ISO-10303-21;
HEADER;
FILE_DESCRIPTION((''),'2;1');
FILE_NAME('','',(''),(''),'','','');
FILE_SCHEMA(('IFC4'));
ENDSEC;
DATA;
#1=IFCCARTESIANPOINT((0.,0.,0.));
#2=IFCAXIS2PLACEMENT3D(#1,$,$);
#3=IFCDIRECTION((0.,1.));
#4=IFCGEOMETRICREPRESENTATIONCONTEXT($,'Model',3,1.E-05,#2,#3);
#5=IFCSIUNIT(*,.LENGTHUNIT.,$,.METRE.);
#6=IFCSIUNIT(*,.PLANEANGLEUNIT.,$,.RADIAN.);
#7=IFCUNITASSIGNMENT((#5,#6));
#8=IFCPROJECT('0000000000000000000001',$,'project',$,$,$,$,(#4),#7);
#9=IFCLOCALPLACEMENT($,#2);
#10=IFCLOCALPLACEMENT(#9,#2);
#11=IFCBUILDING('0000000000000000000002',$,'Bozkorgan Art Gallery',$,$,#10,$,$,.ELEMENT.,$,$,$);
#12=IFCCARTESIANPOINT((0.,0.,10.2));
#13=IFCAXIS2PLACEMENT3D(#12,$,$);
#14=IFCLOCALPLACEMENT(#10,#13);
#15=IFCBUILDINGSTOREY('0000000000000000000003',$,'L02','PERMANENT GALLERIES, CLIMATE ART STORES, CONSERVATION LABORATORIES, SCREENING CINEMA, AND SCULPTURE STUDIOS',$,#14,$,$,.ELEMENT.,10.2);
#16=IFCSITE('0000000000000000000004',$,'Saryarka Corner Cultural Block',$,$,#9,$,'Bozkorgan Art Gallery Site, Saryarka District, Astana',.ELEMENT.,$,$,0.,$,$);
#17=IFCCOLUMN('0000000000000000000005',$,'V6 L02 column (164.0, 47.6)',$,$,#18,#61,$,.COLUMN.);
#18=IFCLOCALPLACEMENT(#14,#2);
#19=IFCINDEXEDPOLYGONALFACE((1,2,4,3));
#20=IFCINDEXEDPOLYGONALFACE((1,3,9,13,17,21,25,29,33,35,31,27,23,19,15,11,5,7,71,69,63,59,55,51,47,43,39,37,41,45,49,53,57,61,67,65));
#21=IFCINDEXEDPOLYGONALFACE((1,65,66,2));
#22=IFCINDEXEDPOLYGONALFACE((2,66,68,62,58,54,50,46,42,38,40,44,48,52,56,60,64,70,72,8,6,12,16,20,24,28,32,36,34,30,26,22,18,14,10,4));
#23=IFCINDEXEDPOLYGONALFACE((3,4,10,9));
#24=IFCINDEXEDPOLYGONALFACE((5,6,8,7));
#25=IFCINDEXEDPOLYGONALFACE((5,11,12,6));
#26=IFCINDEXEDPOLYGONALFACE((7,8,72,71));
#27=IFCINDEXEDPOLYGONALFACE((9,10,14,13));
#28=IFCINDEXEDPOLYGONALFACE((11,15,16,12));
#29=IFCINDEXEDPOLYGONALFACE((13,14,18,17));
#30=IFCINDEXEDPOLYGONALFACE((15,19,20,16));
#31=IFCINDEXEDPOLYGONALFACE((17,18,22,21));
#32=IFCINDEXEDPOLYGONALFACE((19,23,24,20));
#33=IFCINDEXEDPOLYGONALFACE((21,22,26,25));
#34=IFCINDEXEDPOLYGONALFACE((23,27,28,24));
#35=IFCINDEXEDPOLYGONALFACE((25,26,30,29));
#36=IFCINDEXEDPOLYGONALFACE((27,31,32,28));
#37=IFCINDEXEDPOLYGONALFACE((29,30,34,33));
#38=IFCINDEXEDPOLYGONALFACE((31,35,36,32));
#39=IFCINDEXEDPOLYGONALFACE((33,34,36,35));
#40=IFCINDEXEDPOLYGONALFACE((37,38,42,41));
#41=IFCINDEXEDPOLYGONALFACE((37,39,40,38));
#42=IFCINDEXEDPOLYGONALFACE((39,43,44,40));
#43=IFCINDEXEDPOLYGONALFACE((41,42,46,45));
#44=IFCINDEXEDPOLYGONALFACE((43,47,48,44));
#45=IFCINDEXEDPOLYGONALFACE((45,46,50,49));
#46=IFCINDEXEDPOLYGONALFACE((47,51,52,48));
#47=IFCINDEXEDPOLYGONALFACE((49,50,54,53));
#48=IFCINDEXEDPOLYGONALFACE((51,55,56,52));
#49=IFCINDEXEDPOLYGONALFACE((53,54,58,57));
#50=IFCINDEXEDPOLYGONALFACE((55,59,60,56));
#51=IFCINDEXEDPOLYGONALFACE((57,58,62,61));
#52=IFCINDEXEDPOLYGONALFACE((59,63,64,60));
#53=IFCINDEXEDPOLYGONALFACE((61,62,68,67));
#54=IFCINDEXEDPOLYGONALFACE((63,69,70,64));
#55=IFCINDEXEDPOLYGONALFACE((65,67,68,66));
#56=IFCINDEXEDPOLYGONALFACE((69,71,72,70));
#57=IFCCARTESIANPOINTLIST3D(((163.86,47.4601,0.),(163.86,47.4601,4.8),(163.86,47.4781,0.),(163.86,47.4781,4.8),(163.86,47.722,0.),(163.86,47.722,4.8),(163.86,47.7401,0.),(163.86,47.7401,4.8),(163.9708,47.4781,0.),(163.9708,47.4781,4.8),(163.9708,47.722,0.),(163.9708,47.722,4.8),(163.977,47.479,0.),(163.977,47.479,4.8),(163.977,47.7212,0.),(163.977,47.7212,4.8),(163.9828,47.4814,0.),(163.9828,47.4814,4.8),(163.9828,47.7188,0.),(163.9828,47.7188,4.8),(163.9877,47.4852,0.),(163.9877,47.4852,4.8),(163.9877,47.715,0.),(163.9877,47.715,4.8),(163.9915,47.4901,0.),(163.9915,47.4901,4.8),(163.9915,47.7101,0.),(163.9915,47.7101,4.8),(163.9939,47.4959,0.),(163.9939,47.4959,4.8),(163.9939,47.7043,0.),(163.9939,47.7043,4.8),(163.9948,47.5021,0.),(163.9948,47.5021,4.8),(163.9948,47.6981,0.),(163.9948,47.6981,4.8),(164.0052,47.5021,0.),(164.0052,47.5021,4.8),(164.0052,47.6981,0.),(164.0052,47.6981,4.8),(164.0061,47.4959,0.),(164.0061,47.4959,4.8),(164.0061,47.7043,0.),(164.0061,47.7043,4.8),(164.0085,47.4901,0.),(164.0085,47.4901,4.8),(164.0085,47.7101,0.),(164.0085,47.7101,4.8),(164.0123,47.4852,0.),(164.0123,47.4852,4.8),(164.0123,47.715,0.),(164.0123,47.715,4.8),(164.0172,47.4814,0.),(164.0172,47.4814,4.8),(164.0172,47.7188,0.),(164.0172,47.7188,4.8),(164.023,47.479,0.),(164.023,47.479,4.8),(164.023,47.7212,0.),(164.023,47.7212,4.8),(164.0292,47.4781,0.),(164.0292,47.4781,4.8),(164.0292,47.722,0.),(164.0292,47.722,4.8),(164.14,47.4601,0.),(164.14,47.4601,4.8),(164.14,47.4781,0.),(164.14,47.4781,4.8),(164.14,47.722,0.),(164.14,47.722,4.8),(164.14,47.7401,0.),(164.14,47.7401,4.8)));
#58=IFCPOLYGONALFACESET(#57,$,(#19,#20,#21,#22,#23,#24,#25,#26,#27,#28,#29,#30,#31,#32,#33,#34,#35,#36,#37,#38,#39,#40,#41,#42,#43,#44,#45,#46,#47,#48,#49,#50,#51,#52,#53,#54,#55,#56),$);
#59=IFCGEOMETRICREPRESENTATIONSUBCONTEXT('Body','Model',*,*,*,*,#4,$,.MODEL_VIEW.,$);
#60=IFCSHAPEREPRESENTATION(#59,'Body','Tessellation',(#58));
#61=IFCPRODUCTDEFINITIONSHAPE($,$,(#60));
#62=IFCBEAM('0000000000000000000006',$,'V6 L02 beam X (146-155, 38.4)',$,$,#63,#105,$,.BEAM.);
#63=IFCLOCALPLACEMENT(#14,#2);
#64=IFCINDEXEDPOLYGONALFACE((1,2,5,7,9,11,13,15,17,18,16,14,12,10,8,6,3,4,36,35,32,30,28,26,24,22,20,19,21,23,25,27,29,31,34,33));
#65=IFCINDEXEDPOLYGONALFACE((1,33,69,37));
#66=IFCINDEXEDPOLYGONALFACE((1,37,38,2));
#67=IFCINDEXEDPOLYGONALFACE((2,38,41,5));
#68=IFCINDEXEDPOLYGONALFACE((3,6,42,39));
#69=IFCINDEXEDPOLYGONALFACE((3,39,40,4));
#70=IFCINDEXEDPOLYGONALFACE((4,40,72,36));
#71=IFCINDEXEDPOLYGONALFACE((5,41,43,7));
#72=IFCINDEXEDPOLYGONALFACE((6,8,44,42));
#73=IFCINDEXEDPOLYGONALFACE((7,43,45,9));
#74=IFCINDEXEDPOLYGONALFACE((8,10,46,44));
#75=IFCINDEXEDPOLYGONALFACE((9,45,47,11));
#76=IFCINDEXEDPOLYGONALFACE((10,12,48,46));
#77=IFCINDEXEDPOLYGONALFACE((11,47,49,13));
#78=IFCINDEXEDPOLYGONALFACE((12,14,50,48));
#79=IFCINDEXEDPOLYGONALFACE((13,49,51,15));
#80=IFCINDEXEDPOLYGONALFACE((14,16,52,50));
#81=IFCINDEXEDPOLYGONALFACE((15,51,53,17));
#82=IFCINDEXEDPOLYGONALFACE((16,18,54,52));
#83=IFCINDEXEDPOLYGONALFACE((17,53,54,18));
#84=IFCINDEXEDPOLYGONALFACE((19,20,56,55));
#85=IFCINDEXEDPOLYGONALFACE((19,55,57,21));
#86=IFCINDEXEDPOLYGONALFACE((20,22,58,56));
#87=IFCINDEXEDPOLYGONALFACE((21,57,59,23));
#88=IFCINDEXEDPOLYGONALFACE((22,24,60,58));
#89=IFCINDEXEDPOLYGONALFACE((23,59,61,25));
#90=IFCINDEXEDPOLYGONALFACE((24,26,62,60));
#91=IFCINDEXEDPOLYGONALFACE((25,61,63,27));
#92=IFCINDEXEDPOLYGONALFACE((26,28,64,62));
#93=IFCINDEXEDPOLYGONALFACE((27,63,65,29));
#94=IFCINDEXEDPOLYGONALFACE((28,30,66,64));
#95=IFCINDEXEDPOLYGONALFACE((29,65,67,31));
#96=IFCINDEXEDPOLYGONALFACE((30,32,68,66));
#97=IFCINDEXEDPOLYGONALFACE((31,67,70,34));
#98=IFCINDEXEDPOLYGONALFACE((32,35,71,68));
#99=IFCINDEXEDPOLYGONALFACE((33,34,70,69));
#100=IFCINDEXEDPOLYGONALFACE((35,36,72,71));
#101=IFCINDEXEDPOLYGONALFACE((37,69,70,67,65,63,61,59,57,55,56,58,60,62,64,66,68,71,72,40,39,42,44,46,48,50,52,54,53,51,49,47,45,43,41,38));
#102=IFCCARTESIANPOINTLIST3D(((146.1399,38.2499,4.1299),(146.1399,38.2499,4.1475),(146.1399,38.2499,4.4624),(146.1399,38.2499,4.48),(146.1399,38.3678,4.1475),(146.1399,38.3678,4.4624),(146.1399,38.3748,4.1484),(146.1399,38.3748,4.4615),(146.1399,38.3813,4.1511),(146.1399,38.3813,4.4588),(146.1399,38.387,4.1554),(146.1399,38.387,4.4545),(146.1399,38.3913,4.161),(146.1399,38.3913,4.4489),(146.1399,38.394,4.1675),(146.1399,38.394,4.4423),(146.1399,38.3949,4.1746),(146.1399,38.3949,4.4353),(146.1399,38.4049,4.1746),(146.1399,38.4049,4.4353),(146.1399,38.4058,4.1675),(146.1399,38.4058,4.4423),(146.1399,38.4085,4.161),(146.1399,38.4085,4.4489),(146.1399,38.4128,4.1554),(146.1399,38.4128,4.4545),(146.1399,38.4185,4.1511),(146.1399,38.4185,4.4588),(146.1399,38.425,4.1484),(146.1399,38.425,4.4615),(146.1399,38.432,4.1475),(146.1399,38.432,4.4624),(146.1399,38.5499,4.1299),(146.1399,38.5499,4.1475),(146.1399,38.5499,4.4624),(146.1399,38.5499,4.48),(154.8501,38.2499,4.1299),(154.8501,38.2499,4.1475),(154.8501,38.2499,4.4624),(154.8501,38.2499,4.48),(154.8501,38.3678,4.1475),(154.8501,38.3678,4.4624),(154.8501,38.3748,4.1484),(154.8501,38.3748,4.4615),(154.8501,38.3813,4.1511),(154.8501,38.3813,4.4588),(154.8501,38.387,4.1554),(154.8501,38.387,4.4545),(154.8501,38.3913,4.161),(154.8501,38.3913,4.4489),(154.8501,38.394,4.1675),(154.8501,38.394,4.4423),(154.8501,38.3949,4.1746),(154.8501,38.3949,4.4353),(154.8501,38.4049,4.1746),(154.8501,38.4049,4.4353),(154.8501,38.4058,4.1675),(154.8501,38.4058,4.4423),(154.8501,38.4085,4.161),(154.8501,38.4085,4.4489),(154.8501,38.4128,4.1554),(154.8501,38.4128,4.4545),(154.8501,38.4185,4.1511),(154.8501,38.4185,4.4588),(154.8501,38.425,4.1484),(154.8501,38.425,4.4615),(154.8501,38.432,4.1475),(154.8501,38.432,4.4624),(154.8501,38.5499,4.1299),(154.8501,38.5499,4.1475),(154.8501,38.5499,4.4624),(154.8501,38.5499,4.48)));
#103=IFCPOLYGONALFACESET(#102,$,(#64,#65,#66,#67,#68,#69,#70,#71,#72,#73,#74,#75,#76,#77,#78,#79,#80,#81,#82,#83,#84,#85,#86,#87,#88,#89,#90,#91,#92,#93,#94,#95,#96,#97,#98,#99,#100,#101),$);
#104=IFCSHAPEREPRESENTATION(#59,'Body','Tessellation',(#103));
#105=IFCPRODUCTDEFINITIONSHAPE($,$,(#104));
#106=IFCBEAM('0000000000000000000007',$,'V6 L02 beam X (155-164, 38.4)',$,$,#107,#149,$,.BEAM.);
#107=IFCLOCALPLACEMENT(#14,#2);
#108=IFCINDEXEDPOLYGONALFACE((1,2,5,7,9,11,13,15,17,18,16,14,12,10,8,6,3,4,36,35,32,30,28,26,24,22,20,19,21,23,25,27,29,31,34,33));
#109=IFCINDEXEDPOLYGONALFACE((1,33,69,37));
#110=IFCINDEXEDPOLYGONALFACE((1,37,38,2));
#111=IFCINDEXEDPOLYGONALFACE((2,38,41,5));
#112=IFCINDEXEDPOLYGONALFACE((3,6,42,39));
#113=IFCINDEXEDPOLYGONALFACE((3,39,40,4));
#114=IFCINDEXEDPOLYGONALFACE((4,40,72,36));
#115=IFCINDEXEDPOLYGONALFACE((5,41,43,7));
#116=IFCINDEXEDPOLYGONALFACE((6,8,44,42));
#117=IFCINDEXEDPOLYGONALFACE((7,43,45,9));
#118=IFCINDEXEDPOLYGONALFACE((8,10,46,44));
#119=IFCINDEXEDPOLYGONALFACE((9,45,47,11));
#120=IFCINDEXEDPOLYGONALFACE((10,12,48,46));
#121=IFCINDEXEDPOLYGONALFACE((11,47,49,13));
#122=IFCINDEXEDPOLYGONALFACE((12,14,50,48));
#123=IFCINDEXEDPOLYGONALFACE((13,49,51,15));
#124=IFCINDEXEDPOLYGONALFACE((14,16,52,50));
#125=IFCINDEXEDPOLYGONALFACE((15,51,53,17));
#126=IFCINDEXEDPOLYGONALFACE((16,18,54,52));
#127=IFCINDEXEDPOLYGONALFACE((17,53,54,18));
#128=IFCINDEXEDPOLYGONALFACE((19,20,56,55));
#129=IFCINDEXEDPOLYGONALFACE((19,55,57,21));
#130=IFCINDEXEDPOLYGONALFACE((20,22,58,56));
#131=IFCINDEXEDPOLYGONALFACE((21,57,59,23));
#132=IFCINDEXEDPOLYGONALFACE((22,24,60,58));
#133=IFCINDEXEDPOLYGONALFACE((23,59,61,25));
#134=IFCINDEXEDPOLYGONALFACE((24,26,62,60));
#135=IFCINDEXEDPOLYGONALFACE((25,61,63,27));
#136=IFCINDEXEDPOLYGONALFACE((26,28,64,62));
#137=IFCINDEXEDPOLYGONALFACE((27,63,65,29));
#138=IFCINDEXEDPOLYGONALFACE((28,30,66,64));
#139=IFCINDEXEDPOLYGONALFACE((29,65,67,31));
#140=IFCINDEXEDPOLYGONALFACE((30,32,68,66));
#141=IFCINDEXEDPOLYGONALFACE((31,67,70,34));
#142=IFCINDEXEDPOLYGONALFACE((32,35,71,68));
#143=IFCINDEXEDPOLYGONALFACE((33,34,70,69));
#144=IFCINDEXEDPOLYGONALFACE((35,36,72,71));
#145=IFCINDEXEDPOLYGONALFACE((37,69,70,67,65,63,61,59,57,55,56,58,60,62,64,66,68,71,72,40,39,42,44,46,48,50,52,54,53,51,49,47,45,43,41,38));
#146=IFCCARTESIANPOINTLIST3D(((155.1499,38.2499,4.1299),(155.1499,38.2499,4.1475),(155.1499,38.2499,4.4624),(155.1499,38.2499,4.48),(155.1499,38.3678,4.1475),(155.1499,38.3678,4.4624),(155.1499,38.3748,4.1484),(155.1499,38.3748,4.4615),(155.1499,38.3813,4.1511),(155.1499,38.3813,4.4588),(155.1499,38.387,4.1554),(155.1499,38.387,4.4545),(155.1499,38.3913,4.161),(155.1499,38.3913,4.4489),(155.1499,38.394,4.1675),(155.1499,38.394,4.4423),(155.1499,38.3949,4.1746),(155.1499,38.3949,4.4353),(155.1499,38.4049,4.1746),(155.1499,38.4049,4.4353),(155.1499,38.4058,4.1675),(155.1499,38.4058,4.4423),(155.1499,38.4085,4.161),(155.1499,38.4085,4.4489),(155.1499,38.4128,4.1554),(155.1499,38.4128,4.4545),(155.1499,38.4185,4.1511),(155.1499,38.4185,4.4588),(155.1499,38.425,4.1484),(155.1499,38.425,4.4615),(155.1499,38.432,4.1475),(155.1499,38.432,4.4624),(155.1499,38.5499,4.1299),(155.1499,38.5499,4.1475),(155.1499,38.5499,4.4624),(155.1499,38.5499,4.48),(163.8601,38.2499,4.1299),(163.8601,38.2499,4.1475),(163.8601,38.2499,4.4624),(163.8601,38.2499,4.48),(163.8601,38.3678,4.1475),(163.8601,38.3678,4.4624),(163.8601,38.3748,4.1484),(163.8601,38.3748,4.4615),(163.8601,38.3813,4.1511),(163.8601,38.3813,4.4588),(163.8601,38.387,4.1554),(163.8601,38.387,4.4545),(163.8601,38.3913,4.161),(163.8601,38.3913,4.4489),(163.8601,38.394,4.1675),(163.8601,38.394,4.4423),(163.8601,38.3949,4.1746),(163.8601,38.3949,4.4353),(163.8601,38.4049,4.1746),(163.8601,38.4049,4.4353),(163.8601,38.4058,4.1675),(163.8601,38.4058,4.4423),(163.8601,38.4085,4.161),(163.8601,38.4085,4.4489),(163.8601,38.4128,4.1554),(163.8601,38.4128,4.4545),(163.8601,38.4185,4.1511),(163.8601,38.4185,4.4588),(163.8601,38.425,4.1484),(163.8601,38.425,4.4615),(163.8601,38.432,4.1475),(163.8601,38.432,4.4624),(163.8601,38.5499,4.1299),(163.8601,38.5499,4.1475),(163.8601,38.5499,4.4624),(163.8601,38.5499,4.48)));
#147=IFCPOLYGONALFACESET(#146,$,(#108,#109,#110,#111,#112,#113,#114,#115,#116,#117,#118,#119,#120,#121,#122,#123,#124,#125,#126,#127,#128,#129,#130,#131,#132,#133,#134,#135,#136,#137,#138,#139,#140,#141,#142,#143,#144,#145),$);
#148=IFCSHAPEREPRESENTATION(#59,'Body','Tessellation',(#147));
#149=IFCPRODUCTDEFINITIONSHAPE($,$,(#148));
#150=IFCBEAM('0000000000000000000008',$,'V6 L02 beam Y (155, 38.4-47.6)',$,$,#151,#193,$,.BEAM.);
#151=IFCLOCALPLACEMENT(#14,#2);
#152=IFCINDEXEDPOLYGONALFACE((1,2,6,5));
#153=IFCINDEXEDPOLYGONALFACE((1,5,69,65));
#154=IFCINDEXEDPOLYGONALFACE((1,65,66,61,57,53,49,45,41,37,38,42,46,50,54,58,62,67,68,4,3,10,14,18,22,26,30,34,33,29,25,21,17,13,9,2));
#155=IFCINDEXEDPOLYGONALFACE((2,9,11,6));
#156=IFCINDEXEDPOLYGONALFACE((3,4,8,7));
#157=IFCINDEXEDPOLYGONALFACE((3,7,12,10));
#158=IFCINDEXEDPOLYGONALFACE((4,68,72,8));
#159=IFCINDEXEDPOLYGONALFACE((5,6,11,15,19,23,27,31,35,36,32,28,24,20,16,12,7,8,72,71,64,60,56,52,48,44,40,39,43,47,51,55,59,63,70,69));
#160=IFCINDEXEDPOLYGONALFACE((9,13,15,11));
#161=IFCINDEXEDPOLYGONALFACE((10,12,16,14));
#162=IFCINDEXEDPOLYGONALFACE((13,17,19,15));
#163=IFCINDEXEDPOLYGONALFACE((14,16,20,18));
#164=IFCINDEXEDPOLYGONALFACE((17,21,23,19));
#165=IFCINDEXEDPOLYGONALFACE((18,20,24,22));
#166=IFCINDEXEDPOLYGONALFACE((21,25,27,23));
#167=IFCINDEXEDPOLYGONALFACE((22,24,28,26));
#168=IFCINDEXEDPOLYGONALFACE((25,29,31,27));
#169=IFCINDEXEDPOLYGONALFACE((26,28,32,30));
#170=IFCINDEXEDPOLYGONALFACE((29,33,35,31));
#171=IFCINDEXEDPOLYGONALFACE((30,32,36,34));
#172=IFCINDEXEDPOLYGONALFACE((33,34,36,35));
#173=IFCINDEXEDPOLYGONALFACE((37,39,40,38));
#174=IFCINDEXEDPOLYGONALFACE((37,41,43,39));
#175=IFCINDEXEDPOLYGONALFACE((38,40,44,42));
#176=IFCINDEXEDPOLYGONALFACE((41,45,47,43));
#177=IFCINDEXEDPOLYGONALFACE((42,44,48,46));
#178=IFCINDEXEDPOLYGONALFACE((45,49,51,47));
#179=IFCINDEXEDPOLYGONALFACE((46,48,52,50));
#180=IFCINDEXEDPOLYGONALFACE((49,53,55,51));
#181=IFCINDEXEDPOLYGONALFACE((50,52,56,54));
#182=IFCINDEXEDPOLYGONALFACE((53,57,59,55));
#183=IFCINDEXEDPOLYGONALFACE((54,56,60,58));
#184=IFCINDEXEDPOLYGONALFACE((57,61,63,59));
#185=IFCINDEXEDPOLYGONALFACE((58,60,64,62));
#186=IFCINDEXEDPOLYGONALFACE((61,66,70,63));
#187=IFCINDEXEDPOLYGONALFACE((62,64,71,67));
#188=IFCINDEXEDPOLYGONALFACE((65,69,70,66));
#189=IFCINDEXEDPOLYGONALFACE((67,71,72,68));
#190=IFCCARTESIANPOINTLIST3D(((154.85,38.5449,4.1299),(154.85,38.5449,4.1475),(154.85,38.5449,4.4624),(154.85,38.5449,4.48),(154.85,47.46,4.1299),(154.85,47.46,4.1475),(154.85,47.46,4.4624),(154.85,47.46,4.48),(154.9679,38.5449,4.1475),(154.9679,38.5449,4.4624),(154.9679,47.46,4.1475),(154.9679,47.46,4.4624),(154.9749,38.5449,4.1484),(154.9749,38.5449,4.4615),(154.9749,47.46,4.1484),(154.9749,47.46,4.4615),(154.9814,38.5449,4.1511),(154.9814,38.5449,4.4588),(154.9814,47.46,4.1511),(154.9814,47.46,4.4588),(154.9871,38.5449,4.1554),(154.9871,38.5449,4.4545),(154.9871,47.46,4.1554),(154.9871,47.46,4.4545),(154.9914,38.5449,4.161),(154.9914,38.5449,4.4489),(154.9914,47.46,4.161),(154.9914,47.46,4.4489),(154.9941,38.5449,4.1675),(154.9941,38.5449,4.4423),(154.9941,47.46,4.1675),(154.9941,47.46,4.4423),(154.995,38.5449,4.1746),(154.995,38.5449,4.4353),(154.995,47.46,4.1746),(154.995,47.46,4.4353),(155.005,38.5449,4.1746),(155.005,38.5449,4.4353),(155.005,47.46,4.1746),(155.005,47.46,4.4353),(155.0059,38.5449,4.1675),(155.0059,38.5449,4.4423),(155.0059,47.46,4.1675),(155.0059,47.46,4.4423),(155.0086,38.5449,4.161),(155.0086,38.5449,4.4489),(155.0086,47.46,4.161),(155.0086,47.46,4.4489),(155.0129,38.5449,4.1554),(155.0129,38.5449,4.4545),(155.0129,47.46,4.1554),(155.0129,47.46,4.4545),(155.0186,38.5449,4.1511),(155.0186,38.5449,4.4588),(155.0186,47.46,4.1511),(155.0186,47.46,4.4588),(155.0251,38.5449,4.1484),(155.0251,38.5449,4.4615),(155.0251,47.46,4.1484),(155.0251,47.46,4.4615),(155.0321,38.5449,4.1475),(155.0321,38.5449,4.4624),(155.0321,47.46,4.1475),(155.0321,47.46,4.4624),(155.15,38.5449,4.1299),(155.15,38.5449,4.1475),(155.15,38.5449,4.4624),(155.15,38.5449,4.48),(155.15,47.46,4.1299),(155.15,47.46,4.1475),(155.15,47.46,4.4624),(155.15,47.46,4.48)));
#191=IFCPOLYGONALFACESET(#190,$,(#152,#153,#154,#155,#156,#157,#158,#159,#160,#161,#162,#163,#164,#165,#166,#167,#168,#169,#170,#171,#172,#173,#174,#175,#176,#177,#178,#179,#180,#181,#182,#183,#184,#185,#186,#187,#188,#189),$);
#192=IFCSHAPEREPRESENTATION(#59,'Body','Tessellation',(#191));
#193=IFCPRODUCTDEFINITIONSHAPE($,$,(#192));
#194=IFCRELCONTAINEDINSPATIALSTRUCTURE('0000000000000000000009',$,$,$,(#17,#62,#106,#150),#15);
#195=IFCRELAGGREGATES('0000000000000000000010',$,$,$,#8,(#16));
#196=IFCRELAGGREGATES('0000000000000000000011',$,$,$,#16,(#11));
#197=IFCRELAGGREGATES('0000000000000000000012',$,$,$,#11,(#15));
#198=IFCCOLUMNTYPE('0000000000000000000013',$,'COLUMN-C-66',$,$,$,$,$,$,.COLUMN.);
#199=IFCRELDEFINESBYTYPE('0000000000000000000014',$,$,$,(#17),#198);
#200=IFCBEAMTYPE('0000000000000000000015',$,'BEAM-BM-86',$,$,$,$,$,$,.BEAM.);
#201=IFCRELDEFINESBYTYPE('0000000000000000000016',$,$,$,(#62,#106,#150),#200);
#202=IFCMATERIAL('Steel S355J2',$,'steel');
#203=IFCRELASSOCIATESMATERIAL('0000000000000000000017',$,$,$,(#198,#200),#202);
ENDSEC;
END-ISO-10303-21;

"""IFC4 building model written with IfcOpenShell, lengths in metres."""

from ifc_helpers import new_model, si_unit, direction, frame, origin, origin_2d, place, context, subcontext, project, spatial, i_section, extrude, material, material_profile, profile_set, type_object, element, save


model = new_model("IFC4")

# Units and contexts
model_context = context("Model", 3, precision=1e-05, world=origin(), true_north=direction((0.0, 1.0)))
body_context = subcontext(model_context, "Body", "Model", "MODEL_VIEW")
ifc_project = project(units=[si_unit("LENGTHUNIT", "METRE"), si_unit("PLANEANGLEUNIT", "RADIAN")], contexts=[model_context])

# Site, building, storey
site_placement = place(None, origin())
site = spatial("IfcSite", under=ifc_project, at=site_placement, Name="Saryarka Corner Cultural Block", LongName="Bozkorgan Art Gallery Site, Saryarka District, Astana", CompositionType="ELEMENT", RefElevation=0.0)
building_placement = place(site_placement, origin())
building = spatial("IfcBuilding", under=site, at=building_placement, Name="Bozkorgan Art Gallery", CompositionType="ELEMENT")
storey_placement = place(building_placement, frame((0.0, 0.0, 10.2)))
storey = spatial("IfcBuildingStorey", under=building, at=storey_placement, Name="L02", Description="PERMANENT GALLERIES, CLIMATE ART STORES, CONSERVATION LABORATORIES, SCREENING CINEMA, AND SCULPTURE STUDIOS", CompositionType="ELEMENT", Elevation=10.2)

# Column
ifc_material_1 = material(Name="Steel S355J2", Category="steel")
ifc_material_profile_1 = material_profile(ifc_material_1, i_section(OverallWidth=0.28, OverallDepth=0.28, WebThickness=0.0105, FlangeThickness=0.0181, FilletRadius=0.0239, at=origin_2d()), Name="HEB 280")
ifc_profile_set_1 = profile_set([ifc_material_profile_1], Name="Steel S355J2")
column_type_1 = type_object("IfcColumnType", Name="COLUMN-C-66", PredefinedType="COLUMN", material=ifc_profile_set_1)
for number, where, z_axis, x_axis, name in (
    (1, (164.0, 47.6001, 0.0), (0.0, 0.0, 1.0), (1.0, 0.0, 0.0), "V6 L02 column (164.0, 47.6)"),
):
    element("IfcColumn", number, at=place(storey_placement, frame(where, z_axis=z_axis, x_axis=x_axis)), inside=storey, type_object=column_type_1, Name=name, PredefinedType="COLUMN", context=body_context, shape_type="SweptSolid", body=[
        extrude(i_section(OverallWidth=0.28, OverallDepth=0.28, WebThickness=0.0105, FlangeThickness=0.0181, FilletRadius=0.0239, at=origin_2d()), origin(), (0.0, 0.0, 1.0), 4.8),
    ])

# Beams
ifc_material_profile_2 = material_profile(ifc_material_1, i_section(OverallWidth=0.3, OverallDepth=0.3501, WebThickness=0.01, FlangeThickness=0.0176, FilletRadius=0.0271, at=origin_2d()), Name="HEA 360")
ifc_profile_set_2 = profile_set([ifc_material_profile_2], Name="Steel S355J2")
beam_type_1 = type_object("IfcBeamType", Name="BEAM-BM-86", PredefinedType="BEAM", material=ifc_profile_set_2)
for number, where, z_axis, x_axis, name in (
    (2, (146.1399, 38.3999, 4.3049), (1.0, 0.0, 0.0), (0.0, 1.0, 0.0), "V6 L02 beam X (146-155, 38.4)"),
    (3, (155.1499, 38.3999, 4.3049), (1.0, 0.0, 0.0), (0.0, 1.0, 0.0), "V6 L02 beam X (155-164, 38.4)"),
):
    element("IfcBeam", number, at=place(storey_placement, frame(where, z_axis=z_axis, x_axis=x_axis)), inside=storey, type_object=beam_type_1, Name=name, PredefinedType="BEAM", context=body_context, shape_type="SweptSolid", body=[
        extrude(i_section(OverallWidth=0.3, OverallDepth=0.3501, WebThickness=0.01, FlangeThickness=0.0176, FilletRadius=0.0271, at=origin_2d()), origin(), (0.0, 0.0, 1.0), 8.7102),
    ])
beam_placement = place(storey_placement, frame((155.0, 38.5449, 4.3049), z_axis=(0.0, 1.0, 0.0), x_axis=(-1.0, 0.0, 0.0)))
element("IfcBeam", 4, at=beam_placement, inside=storey, type_object=beam_type_1, Name="V6 L02 beam Y (155, 38.4-47.6)", PredefinedType="BEAM", context=body_context, shape_type="SweptSolid", body=[
    extrude(i_section(OverallWidth=0.3, OverallDepth=0.3501, WebThickness=0.01, FlangeThickness=0.0176, FilletRadius=0.0271, at=origin_2d()), origin(), (0.0, 0.0, 1.0), 8.915),
])

save(model, "model.ifc")
